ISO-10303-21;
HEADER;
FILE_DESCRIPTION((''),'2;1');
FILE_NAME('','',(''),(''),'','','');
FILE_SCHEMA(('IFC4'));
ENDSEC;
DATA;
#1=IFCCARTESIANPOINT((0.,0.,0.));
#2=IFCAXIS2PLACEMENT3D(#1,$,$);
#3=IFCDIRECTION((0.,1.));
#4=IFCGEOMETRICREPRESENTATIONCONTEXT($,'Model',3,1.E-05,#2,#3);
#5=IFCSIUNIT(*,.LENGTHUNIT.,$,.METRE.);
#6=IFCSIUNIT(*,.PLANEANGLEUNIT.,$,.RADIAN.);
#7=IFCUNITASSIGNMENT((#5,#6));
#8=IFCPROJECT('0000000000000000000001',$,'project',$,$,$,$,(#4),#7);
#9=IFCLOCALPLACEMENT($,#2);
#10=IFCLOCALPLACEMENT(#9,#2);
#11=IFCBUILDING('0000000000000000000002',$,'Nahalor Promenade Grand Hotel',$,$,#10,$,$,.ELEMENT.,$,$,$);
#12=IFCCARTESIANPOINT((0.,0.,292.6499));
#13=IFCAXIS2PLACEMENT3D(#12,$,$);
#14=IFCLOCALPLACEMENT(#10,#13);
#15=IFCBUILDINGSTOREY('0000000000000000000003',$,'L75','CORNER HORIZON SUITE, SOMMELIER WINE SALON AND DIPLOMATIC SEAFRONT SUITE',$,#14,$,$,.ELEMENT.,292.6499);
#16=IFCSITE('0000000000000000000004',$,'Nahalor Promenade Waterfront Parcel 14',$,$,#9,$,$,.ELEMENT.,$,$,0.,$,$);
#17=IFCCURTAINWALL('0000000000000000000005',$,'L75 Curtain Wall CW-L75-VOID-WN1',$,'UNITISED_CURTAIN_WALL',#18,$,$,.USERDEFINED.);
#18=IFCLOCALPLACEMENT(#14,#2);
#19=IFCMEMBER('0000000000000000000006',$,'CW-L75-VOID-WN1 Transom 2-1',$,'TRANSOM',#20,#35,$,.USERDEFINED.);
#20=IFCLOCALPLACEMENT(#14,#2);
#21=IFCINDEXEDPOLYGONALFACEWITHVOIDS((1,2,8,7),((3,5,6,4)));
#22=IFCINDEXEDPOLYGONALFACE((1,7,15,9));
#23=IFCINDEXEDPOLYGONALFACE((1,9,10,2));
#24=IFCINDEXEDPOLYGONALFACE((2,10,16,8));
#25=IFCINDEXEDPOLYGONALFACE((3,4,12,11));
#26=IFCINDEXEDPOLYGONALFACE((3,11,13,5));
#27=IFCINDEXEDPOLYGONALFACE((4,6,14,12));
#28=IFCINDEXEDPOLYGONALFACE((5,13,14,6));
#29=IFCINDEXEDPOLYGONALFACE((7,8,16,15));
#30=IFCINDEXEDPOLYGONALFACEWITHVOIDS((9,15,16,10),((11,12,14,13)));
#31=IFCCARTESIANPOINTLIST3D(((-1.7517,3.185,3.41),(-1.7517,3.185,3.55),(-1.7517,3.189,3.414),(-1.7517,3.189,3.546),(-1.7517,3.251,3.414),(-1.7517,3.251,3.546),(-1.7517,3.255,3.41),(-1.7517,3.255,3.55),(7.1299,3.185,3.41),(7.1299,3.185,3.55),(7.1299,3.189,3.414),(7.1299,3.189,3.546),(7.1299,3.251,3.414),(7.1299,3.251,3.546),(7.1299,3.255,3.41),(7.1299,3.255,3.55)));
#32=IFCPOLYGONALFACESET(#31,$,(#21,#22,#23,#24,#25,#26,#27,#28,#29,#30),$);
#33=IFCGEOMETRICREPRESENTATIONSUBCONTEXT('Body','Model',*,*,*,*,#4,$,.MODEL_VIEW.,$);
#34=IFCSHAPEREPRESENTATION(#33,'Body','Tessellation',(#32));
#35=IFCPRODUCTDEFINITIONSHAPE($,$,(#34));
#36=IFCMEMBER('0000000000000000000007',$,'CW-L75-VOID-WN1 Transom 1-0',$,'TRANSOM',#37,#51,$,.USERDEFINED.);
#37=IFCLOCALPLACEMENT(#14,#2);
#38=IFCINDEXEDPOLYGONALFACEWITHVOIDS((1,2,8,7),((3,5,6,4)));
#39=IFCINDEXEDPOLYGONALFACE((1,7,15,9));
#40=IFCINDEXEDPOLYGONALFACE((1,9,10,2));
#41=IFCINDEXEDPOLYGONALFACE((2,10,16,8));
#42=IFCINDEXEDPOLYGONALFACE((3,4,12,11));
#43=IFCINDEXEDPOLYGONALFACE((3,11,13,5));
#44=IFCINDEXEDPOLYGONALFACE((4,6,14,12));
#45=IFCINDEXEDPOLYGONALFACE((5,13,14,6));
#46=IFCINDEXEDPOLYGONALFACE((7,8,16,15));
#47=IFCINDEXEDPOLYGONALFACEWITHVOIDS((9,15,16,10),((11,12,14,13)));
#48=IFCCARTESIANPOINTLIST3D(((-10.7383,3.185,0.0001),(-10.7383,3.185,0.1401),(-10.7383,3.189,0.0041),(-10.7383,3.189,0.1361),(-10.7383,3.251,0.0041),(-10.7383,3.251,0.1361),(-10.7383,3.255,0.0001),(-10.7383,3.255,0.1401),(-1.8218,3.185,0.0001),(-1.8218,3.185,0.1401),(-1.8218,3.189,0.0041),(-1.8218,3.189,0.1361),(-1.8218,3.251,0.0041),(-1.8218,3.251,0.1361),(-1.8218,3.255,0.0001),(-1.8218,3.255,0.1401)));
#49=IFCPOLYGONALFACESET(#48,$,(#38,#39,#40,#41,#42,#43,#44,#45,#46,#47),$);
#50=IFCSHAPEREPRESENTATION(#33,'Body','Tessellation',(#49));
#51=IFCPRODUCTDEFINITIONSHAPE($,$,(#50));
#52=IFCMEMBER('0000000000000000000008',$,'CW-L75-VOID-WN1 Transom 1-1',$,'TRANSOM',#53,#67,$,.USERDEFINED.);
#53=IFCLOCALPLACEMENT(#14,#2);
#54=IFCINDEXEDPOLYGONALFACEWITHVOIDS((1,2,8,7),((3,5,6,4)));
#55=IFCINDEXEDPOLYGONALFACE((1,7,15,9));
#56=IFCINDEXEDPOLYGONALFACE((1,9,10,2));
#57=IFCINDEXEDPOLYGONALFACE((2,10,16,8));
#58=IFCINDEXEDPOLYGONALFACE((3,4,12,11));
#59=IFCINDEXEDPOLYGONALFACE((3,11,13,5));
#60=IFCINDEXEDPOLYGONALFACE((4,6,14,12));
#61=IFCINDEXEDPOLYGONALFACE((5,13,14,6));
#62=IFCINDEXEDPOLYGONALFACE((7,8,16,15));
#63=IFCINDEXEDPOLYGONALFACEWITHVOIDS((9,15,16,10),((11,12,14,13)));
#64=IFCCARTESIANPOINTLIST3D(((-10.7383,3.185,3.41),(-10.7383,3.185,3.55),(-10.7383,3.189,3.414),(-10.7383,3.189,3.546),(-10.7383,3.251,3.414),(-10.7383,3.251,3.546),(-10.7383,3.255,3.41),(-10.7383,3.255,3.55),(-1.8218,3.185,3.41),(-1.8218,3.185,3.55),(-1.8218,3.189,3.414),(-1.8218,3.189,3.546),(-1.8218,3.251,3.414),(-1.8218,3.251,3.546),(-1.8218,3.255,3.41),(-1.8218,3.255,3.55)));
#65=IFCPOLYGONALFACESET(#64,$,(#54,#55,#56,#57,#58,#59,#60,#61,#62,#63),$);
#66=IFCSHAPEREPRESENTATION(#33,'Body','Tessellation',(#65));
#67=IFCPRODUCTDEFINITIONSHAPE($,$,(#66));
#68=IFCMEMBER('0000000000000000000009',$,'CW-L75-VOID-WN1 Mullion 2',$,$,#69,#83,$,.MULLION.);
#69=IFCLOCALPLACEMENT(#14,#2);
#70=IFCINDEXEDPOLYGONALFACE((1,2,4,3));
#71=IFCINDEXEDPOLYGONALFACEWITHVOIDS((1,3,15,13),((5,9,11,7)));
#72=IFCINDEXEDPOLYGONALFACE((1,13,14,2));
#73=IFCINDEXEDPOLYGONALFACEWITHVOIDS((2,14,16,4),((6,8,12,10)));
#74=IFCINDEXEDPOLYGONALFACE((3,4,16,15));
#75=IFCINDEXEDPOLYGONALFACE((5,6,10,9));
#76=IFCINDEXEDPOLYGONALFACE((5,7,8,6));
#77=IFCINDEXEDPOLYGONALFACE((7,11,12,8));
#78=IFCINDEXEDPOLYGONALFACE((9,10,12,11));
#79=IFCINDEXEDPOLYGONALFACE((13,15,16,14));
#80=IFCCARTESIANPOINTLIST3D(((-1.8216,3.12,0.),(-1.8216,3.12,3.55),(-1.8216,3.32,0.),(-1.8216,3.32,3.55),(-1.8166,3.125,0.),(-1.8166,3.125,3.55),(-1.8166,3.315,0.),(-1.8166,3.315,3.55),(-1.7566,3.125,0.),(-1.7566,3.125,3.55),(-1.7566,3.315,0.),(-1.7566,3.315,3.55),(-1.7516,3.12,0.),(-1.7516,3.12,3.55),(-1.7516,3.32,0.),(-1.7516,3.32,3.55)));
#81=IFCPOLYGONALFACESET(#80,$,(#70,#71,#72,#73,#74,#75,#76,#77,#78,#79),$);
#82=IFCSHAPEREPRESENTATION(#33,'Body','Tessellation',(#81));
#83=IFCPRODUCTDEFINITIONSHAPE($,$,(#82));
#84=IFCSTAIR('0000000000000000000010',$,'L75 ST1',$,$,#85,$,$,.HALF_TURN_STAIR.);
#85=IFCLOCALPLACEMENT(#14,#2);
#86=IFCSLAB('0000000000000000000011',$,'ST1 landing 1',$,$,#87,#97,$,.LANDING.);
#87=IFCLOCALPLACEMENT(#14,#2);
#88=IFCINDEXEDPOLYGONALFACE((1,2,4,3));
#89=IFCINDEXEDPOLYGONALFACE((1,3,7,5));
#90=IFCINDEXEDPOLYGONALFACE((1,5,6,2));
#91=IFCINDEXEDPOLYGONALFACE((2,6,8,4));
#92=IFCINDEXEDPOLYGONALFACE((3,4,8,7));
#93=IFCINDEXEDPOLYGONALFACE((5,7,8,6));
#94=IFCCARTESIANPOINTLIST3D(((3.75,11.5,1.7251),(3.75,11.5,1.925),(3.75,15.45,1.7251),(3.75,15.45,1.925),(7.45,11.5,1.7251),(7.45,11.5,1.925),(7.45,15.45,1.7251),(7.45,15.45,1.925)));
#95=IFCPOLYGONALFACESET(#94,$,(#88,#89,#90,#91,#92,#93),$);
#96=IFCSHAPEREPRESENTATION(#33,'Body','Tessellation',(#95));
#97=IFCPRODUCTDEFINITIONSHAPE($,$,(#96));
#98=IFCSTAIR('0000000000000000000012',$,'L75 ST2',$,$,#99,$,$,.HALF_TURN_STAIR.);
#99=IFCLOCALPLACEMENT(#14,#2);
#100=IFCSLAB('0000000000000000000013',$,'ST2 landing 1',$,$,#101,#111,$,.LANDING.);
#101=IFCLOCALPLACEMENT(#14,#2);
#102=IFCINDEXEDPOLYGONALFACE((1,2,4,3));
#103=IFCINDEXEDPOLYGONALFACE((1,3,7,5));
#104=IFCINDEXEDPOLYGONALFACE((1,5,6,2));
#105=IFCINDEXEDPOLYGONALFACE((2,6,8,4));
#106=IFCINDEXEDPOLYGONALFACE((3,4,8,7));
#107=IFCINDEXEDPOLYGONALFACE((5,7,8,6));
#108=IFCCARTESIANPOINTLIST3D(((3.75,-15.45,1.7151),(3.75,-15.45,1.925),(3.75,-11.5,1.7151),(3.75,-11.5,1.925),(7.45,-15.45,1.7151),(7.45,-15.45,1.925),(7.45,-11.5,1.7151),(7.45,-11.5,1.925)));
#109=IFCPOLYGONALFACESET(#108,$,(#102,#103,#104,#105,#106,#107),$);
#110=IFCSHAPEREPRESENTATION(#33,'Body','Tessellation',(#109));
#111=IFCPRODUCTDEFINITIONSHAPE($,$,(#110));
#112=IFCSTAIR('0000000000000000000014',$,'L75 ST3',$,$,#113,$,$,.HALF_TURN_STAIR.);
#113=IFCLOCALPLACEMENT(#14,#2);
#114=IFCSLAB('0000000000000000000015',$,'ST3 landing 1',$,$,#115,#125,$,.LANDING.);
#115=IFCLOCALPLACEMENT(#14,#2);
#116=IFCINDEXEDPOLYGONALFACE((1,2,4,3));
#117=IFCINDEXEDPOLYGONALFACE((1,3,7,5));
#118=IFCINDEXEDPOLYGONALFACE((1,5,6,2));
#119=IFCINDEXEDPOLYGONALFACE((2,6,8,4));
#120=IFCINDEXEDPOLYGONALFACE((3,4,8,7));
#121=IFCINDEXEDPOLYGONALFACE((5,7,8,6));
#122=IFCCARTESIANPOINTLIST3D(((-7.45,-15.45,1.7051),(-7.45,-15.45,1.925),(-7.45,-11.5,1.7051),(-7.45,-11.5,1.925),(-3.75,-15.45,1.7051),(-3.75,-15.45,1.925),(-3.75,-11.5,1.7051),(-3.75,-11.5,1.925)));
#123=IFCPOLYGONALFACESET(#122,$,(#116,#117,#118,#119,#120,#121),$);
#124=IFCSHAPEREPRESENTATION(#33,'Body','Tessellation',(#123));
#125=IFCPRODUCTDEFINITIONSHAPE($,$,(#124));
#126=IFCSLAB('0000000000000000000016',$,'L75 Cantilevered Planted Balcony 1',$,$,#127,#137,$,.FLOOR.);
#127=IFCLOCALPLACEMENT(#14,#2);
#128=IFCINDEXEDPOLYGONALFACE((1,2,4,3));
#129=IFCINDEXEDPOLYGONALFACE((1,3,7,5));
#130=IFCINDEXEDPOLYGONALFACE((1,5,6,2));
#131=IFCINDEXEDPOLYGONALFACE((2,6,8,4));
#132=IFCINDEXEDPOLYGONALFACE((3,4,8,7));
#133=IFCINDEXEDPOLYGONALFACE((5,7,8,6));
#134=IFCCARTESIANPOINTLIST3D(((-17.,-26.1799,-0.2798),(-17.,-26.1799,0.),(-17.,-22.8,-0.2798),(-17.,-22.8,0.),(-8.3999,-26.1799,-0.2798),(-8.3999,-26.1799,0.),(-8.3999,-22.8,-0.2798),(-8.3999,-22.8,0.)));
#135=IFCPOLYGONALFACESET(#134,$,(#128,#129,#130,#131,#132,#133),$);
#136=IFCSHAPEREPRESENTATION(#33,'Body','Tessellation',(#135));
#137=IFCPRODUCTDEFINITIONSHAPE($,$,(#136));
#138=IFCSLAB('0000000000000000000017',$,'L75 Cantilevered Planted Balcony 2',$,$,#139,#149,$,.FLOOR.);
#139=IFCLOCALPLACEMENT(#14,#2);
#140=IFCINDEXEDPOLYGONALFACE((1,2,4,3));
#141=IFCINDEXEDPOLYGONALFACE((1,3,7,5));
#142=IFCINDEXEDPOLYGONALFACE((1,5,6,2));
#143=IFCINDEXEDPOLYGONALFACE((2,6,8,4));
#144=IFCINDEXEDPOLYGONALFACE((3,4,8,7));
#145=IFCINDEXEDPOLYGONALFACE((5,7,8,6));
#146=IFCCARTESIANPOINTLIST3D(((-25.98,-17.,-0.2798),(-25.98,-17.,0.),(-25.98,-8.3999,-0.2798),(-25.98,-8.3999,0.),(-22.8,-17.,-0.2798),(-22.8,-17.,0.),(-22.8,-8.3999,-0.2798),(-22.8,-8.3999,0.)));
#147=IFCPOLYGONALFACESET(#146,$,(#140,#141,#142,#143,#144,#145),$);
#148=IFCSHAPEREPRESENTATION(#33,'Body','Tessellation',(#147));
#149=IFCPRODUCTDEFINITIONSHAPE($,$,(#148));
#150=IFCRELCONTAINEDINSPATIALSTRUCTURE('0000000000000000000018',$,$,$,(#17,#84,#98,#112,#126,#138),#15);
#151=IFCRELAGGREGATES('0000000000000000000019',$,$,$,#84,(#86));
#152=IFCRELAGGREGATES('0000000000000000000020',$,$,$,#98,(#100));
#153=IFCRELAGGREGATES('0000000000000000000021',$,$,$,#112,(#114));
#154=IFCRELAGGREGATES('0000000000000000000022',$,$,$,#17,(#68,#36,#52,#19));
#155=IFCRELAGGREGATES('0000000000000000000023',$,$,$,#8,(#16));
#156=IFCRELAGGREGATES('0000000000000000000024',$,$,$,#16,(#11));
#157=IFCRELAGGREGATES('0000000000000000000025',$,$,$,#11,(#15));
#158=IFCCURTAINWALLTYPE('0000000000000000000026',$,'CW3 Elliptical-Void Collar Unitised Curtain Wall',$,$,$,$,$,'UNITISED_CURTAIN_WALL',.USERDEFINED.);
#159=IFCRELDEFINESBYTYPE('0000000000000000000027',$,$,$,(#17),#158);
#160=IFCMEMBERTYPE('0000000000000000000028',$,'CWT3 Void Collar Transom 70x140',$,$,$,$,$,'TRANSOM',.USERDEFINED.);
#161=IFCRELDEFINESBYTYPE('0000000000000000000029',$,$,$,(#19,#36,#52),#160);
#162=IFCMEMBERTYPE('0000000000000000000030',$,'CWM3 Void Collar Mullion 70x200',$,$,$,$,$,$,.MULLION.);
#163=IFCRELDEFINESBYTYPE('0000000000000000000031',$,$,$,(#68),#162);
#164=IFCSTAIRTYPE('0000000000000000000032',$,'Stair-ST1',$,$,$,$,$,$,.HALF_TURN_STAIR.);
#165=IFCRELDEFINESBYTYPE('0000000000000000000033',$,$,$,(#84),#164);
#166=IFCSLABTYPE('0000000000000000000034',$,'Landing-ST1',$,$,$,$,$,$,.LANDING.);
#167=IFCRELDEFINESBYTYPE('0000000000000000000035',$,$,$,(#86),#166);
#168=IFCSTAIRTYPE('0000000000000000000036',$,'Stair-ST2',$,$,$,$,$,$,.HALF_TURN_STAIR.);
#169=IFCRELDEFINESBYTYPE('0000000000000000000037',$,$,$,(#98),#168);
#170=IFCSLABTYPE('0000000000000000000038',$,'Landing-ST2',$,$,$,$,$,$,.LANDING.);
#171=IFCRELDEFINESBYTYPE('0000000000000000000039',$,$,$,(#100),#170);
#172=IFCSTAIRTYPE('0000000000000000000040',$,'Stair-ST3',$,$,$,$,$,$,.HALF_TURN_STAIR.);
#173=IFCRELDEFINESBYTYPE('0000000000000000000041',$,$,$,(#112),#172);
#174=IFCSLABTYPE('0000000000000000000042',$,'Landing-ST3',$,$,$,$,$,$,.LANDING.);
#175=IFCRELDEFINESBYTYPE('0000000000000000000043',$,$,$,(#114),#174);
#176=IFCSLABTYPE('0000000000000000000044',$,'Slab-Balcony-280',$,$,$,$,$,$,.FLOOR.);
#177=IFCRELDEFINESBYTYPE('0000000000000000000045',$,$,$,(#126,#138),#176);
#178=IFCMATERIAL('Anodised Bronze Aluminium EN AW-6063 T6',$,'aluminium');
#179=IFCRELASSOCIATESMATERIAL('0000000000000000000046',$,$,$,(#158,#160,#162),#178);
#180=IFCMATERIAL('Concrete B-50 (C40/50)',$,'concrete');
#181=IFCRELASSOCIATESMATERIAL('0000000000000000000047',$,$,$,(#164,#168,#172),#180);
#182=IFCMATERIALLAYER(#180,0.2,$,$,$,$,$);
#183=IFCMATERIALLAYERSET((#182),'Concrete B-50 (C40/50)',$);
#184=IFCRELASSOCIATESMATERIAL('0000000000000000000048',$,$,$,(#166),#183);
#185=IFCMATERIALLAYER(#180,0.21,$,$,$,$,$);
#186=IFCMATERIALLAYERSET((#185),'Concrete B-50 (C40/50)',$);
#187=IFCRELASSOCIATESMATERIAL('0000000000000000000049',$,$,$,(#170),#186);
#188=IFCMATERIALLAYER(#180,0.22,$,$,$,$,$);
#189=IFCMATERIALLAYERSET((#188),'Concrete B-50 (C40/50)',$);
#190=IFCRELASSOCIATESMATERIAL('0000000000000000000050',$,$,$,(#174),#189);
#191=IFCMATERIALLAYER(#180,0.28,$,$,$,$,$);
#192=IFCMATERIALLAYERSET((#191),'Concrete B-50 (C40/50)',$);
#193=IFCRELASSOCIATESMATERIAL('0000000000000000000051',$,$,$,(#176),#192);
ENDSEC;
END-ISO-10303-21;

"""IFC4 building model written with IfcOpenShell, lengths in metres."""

from ifc_helpers import new_model, si_unit, direction, frame, origin, origin_2d, place, context, subcontext, project, spatial, polyline, hollow_rectangle, outline, extrude, source, transform, mapped, material, layer, layer_set, material_profile, profile_set, type_object, element, aggregate, save


model = new_model("IFC4")

# Units and contexts
model_context = context("Model", 3, precision=1e-05, world=origin(), true_north=direction((0.0, 1.0)))
body_context = subcontext(model_context, "Body", "Model", "MODEL_VIEW")
ifc_project = project(units=[si_unit("LENGTHUNIT", "METRE"), si_unit("PLANEANGLEUNIT", "RADIAN")], contexts=[model_context])

# Site, building, storey
site_placement = place(None, origin())
site = spatial("IfcSite", under=ifc_project, at=site_placement, Name="Nahalor Promenade Waterfront Parcel 14", CompositionType="ELEMENT", RefElevation=0.0)
building_placement = place(site_placement, origin())
building = spatial("IfcBuilding", under=site, at=building_placement, Name="Nahalor Promenade Grand Hotel", CompositionType="ELEMENT")
storey_placement = place(building_placement, frame((0.0, 0.0, 292.6499)))
storey = spatial("IfcBuildingStorey", under=building, at=storey_placement, Name="L75", Description="CORNER HORIZON SUITE, SOMMELIER WINE SALON AND DIPLOMATIC SEAFRONT SUITE", CompositionType="ELEMENT", Elevation=292.6499)

# Shared definitions
ifc_material_1 = material(Name="Concrete B-50 (C40/50)", Category="concrete")

# Curtain wall, members
ifc_material_2 = material(Name="Anodised Bronze Aluminium EN AW-6063 T6", Category="aluminium")
curtain_wall_type = type_object("IfcCurtainWallType", Name="CW3 Elliptical-Void Collar Unitised Curtain Wall", ElementType="UNITISED_CURTAIN_WALL", PredefinedType="USERDEFINED", material=ifc_material_2)
curtain_wall_placement = place(storey_placement, origin())
curtain_wall = element("IfcCurtainWall", 1, at=curtain_wall_placement, inside=storey, type_object=curtain_wall_type, Name="L75 Curtain Wall CW-L75-VOID-WN1", ObjectType="UNITISED_CURTAIN_WALL", PredefinedType="USERDEFINED")
ifc_material_profile_1 = material_profile(ifc_material_2, hollow_rectangle(XDim=0.07, YDim=0.14, WallThickness=0.004, at=origin_2d()), Name="CWT 70x140x4")
ifc_profile_set_1 = profile_set([ifc_material_profile_1], Name="Anodised Bronze Aluminium EN AW-6063 T6")
member_type_1 = type_object("IfcMemberType", Name="CWT3 Void Collar Transom 70x140", ElementType="TRANSOM", PredefinedType="USERDEFINED", material=ifc_profile_set_1)
shared_shape_1 = source(origin(), body_context, "Body", "SweptSolid", [
    extrude(hollow_rectangle(XDim=0.07, YDim=0.14, WallThickness=0.004, at=origin_2d()), origin(), (0.0, 0.0, 1.0), 8.8816),
])
member_1_placement = place(storey_placement, frame((-1.7517, 3.22, 3.48), z_axis=(1.0, 0.0, 0.0), x_axis=(0.0, 1.0, 0.0)))
member_1 = element("IfcMember", 2, at=member_1_placement, type_object=member_type_1, Name="CW-L75-VOID-WN1 Transom 2-1", ObjectType="TRANSOM", PredefinedType="USERDEFINED", context=body_context, shape_type="MappedRepresentation", body=[
    mapped(shared_shape_1, transform((0.0, 0.0, 0.0), scale=1.0)),
])
shared_shape_2 = source(origin(), body_context, "Body", "SweptSolid", [
    extrude(hollow_rectangle(XDim=0.07, YDim=0.14, WallThickness=0.004, at=origin_2d()), origin(), (0.0, 0.0, 1.0), 8.9165),
])
member_2_placement = place(storey_placement, frame((-10.7383, 3.22, 0.0701), z_axis=(1.0, 0.0, 0.0), x_axis=(0.0, 1.0, 0.0)))
member_2 = element("IfcMember", 3, at=member_2_placement, type_object=member_type_1, Name="CW-L75-VOID-WN1 Transom 1-0", ObjectType="TRANSOM", PredefinedType="USERDEFINED", context=body_context, shape_type="MappedRepresentation", body=[
    mapped(shared_shape_2, transform((0.0, 0.0, 0.0), scale=1.0)),
])
member_3_placement = place(storey_placement, frame((-10.7383, 3.22, 3.48), z_axis=(1.0, 0.0, 0.0), x_axis=(0.0, 1.0, 0.0)))
member_3 = element("IfcMember", 4, at=member_3_placement, type_object=member_type_1, Name="CW-L75-VOID-WN1 Transom 1-1", ObjectType="TRANSOM", PredefinedType="USERDEFINED", context=body_context, shape_type="MappedRepresentation", body=[
    mapped(shared_shape_2, transform((0.0, 0.0, 0.0), scale=1.0)),
])
ifc_material_profile_2 = material_profile(ifc_material_2, hollow_rectangle(XDim=0.07, YDim=0.2, WallThickness=0.005, at=origin_2d()), Name="CWM 70x200x5")
ifc_profile_set_2 = profile_set([ifc_material_profile_2], Name="Anodised Bronze Aluminium EN AW-6063 T6")
member_type_2 = type_object("IfcMemberType", Name="CWM3 Void Collar Mullion 70x200", PredefinedType="MULLION", material=ifc_profile_set_2)
shared_shape_3 = source(origin(), body_context, "Body", "SweptSolid", [
    extrude(hollow_rectangle(XDim=0.07, YDim=0.2, WallThickness=0.005, at=origin_2d()), origin(), (0.0, 0.0, 1.0), 3.55),
])
member_4_placement = place(storey_placement, frame((-1.7866, 3.22, 0.0), z_axis=(0.0, 0.0, 1.0), x_axis=(1.0, 0.0, 0.0)))
member_4 = element("IfcMember", 5, at=member_4_placement, type_object=member_type_2, Name="CW-L75-VOID-WN1 Mullion 2", PredefinedType="MULLION", context=body_context, shape_type="MappedRepresentation", body=[
    mapped(shared_shape_3, transform((0.0, 0.0, 0.0), scale=1.0)),
])

# Stairs, slabs
stair_type_1 = type_object("IfcStairType", Name="Stair-ST1", PredefinedType="HALF_TURN_STAIR", material=ifc_material_1)
stair_1_placement = place(storey_placement, origin())
stair_1 = element("IfcStair", 6, at=stair_1_placement, inside=storey, type_object=stair_type_1, Name="L75 ST1", PredefinedType="HALF_TURN_STAIR")
ifc_layer_1 = layer(ifc_material_1, 0.2)
ifc_layer_set_1 = layer_set([ifc_layer_1], Name="Concrete B-50 (C40/50)")
slab_type_1 = type_object("IfcSlabType", Name="Landing-ST1", PredefinedType="LANDING", material=ifc_layer_set_1)
slab_1_placement = place(storey_placement, frame((0.0, 0.0, 1.7251)))
slab_1 = element("IfcSlab", 7, at=slab_1_placement, type_object=slab_type_1, Name="ST1 landing 1", PredefinedType="LANDING", context=body_context, shape_type="SweptSolid", body=[
    extrude(outline(polyline([(7.45, 11.5), (7.45, 15.45), (3.75, 15.45), (3.75, 11.5), (7.45, 11.5)])), origin(), (0.0, 0.0, 1.0), 0.2),
])
aggregate(stair_1, [slab_1])
stair_type_2 = type_object("IfcStairType", Name="Stair-ST2", PredefinedType="HALF_TURN_STAIR", material=ifc_material_1)
stair_2_placement = place(storey_placement, origin())
stair_2 = element("IfcStair", 8, at=stair_2_placement, inside=storey, type_object=stair_type_2, Name="L75 ST2", PredefinedType="HALF_TURN_STAIR")
ifc_layer_2 = layer(ifc_material_1, 0.21)
ifc_layer_set_2 = layer_set([ifc_layer_2], Name="Concrete B-50 (C40/50)")
slab_type_2 = type_object("IfcSlabType", Name="Landing-ST2", PredefinedType="LANDING", material=ifc_layer_set_2)
slab_2_placement = place(storey_placement, frame((0.0, 0.0, 1.7151)))
slab_2 = element("IfcSlab", 9, at=slab_2_placement, type_object=slab_type_2, Name="ST2 landing 1", PredefinedType="LANDING", context=body_context, shape_type="SweptSolid", body=[
    extrude(outline(polyline([(3.75, -11.5), (3.75, -15.45), (7.45, -15.45), (7.45, -11.5), (3.75, -11.5)])), origin(), (0.0, 0.0, 1.0), 0.21),
])
aggregate(stair_2, [slab_2])
stair_type_3 = type_object("IfcStairType", Name="Stair-ST3", PredefinedType="HALF_TURN_STAIR", material=ifc_material_1)
stair_3_placement = place(storey_placement, origin())
stair_3 = element("IfcStair", 10, at=stair_3_placement, inside=storey, type_object=stair_type_3, Name="L75 ST3", PredefinedType="HALF_TURN_STAIR")
ifc_layer_3 = layer(ifc_material_1, 0.22)
ifc_layer_set_3 = layer_set([ifc_layer_3], Name="Concrete B-50 (C40/50)")
slab_type_3 = type_object("IfcSlabType", Name="Landing-ST3", PredefinedType="LANDING", material=ifc_layer_set_3)
slab_3_placement = place(storey_placement, frame((0.0, 0.0, 1.7051)))
slab_3 = element("IfcSlab", 11, at=slab_3_placement, type_object=slab_type_3, Name="ST3 landing 1", PredefinedType="LANDING", context=body_context, shape_type="SweptSolid", body=[
    extrude(outline(polyline([(-7.45, -11.5), (-7.45, -15.45), (-3.75, -15.45), (-3.75, -11.5), (-7.45, -11.5)])), origin(), (0.0, 0.0, 1.0), 0.22),
])
aggregate(stair_3, [slab_3])

# Slabs
ifc_layer_4 = layer(ifc_material_1, 0.28)
ifc_layer_set_4 = layer_set([ifc_layer_4], Name="Concrete B-50 (C40/50)")
slab_type_4 = type_object("IfcSlabType", Name="Slab-Balcony-280", PredefinedType="FLOOR", material=ifc_layer_set_4)
slab_4_placement = place(storey_placement, frame((0.0, 0.0, -0.2798)))
element("IfcSlab", 12, at=slab_4_placement, inside=storey, type_object=slab_type_4, Name="L75 Cantilevered Planted Balcony 1", PredefinedType="FLOOR", context=body_context, shape_type="SweptSolid", body=[
    extrude(outline(polyline([(-17.0, -26.1799), (-8.3999, -26.1799), (-8.3999, -22.8), (-17.0, -22.8), (-17.0, -26.1799)])), origin(), (0.0, 0.0, 1.0), 0.2798),
])
slab_5_placement = place(storey_placement, frame((0.0, 0.0, -0.2798)))
element("IfcSlab", 13, at=slab_5_placement, inside=storey, type_object=slab_type_4, Name="L75 Cantilevered Planted Balcony 2", PredefinedType="FLOOR", context=body_context, shape_type="SweptSolid", body=[
    extrude(outline(polyline([(-25.98, -17.0), (-22.8, -17.0), (-22.8, -8.3999), (-25.98, -8.3999), (-25.98, -17.0)])), origin(), (0.0, 0.0, 1.0), 0.2798),
])

aggregate(curtain_wall, [member_4, member_2, member_3, member_1])

save(model, "model.ifc")
